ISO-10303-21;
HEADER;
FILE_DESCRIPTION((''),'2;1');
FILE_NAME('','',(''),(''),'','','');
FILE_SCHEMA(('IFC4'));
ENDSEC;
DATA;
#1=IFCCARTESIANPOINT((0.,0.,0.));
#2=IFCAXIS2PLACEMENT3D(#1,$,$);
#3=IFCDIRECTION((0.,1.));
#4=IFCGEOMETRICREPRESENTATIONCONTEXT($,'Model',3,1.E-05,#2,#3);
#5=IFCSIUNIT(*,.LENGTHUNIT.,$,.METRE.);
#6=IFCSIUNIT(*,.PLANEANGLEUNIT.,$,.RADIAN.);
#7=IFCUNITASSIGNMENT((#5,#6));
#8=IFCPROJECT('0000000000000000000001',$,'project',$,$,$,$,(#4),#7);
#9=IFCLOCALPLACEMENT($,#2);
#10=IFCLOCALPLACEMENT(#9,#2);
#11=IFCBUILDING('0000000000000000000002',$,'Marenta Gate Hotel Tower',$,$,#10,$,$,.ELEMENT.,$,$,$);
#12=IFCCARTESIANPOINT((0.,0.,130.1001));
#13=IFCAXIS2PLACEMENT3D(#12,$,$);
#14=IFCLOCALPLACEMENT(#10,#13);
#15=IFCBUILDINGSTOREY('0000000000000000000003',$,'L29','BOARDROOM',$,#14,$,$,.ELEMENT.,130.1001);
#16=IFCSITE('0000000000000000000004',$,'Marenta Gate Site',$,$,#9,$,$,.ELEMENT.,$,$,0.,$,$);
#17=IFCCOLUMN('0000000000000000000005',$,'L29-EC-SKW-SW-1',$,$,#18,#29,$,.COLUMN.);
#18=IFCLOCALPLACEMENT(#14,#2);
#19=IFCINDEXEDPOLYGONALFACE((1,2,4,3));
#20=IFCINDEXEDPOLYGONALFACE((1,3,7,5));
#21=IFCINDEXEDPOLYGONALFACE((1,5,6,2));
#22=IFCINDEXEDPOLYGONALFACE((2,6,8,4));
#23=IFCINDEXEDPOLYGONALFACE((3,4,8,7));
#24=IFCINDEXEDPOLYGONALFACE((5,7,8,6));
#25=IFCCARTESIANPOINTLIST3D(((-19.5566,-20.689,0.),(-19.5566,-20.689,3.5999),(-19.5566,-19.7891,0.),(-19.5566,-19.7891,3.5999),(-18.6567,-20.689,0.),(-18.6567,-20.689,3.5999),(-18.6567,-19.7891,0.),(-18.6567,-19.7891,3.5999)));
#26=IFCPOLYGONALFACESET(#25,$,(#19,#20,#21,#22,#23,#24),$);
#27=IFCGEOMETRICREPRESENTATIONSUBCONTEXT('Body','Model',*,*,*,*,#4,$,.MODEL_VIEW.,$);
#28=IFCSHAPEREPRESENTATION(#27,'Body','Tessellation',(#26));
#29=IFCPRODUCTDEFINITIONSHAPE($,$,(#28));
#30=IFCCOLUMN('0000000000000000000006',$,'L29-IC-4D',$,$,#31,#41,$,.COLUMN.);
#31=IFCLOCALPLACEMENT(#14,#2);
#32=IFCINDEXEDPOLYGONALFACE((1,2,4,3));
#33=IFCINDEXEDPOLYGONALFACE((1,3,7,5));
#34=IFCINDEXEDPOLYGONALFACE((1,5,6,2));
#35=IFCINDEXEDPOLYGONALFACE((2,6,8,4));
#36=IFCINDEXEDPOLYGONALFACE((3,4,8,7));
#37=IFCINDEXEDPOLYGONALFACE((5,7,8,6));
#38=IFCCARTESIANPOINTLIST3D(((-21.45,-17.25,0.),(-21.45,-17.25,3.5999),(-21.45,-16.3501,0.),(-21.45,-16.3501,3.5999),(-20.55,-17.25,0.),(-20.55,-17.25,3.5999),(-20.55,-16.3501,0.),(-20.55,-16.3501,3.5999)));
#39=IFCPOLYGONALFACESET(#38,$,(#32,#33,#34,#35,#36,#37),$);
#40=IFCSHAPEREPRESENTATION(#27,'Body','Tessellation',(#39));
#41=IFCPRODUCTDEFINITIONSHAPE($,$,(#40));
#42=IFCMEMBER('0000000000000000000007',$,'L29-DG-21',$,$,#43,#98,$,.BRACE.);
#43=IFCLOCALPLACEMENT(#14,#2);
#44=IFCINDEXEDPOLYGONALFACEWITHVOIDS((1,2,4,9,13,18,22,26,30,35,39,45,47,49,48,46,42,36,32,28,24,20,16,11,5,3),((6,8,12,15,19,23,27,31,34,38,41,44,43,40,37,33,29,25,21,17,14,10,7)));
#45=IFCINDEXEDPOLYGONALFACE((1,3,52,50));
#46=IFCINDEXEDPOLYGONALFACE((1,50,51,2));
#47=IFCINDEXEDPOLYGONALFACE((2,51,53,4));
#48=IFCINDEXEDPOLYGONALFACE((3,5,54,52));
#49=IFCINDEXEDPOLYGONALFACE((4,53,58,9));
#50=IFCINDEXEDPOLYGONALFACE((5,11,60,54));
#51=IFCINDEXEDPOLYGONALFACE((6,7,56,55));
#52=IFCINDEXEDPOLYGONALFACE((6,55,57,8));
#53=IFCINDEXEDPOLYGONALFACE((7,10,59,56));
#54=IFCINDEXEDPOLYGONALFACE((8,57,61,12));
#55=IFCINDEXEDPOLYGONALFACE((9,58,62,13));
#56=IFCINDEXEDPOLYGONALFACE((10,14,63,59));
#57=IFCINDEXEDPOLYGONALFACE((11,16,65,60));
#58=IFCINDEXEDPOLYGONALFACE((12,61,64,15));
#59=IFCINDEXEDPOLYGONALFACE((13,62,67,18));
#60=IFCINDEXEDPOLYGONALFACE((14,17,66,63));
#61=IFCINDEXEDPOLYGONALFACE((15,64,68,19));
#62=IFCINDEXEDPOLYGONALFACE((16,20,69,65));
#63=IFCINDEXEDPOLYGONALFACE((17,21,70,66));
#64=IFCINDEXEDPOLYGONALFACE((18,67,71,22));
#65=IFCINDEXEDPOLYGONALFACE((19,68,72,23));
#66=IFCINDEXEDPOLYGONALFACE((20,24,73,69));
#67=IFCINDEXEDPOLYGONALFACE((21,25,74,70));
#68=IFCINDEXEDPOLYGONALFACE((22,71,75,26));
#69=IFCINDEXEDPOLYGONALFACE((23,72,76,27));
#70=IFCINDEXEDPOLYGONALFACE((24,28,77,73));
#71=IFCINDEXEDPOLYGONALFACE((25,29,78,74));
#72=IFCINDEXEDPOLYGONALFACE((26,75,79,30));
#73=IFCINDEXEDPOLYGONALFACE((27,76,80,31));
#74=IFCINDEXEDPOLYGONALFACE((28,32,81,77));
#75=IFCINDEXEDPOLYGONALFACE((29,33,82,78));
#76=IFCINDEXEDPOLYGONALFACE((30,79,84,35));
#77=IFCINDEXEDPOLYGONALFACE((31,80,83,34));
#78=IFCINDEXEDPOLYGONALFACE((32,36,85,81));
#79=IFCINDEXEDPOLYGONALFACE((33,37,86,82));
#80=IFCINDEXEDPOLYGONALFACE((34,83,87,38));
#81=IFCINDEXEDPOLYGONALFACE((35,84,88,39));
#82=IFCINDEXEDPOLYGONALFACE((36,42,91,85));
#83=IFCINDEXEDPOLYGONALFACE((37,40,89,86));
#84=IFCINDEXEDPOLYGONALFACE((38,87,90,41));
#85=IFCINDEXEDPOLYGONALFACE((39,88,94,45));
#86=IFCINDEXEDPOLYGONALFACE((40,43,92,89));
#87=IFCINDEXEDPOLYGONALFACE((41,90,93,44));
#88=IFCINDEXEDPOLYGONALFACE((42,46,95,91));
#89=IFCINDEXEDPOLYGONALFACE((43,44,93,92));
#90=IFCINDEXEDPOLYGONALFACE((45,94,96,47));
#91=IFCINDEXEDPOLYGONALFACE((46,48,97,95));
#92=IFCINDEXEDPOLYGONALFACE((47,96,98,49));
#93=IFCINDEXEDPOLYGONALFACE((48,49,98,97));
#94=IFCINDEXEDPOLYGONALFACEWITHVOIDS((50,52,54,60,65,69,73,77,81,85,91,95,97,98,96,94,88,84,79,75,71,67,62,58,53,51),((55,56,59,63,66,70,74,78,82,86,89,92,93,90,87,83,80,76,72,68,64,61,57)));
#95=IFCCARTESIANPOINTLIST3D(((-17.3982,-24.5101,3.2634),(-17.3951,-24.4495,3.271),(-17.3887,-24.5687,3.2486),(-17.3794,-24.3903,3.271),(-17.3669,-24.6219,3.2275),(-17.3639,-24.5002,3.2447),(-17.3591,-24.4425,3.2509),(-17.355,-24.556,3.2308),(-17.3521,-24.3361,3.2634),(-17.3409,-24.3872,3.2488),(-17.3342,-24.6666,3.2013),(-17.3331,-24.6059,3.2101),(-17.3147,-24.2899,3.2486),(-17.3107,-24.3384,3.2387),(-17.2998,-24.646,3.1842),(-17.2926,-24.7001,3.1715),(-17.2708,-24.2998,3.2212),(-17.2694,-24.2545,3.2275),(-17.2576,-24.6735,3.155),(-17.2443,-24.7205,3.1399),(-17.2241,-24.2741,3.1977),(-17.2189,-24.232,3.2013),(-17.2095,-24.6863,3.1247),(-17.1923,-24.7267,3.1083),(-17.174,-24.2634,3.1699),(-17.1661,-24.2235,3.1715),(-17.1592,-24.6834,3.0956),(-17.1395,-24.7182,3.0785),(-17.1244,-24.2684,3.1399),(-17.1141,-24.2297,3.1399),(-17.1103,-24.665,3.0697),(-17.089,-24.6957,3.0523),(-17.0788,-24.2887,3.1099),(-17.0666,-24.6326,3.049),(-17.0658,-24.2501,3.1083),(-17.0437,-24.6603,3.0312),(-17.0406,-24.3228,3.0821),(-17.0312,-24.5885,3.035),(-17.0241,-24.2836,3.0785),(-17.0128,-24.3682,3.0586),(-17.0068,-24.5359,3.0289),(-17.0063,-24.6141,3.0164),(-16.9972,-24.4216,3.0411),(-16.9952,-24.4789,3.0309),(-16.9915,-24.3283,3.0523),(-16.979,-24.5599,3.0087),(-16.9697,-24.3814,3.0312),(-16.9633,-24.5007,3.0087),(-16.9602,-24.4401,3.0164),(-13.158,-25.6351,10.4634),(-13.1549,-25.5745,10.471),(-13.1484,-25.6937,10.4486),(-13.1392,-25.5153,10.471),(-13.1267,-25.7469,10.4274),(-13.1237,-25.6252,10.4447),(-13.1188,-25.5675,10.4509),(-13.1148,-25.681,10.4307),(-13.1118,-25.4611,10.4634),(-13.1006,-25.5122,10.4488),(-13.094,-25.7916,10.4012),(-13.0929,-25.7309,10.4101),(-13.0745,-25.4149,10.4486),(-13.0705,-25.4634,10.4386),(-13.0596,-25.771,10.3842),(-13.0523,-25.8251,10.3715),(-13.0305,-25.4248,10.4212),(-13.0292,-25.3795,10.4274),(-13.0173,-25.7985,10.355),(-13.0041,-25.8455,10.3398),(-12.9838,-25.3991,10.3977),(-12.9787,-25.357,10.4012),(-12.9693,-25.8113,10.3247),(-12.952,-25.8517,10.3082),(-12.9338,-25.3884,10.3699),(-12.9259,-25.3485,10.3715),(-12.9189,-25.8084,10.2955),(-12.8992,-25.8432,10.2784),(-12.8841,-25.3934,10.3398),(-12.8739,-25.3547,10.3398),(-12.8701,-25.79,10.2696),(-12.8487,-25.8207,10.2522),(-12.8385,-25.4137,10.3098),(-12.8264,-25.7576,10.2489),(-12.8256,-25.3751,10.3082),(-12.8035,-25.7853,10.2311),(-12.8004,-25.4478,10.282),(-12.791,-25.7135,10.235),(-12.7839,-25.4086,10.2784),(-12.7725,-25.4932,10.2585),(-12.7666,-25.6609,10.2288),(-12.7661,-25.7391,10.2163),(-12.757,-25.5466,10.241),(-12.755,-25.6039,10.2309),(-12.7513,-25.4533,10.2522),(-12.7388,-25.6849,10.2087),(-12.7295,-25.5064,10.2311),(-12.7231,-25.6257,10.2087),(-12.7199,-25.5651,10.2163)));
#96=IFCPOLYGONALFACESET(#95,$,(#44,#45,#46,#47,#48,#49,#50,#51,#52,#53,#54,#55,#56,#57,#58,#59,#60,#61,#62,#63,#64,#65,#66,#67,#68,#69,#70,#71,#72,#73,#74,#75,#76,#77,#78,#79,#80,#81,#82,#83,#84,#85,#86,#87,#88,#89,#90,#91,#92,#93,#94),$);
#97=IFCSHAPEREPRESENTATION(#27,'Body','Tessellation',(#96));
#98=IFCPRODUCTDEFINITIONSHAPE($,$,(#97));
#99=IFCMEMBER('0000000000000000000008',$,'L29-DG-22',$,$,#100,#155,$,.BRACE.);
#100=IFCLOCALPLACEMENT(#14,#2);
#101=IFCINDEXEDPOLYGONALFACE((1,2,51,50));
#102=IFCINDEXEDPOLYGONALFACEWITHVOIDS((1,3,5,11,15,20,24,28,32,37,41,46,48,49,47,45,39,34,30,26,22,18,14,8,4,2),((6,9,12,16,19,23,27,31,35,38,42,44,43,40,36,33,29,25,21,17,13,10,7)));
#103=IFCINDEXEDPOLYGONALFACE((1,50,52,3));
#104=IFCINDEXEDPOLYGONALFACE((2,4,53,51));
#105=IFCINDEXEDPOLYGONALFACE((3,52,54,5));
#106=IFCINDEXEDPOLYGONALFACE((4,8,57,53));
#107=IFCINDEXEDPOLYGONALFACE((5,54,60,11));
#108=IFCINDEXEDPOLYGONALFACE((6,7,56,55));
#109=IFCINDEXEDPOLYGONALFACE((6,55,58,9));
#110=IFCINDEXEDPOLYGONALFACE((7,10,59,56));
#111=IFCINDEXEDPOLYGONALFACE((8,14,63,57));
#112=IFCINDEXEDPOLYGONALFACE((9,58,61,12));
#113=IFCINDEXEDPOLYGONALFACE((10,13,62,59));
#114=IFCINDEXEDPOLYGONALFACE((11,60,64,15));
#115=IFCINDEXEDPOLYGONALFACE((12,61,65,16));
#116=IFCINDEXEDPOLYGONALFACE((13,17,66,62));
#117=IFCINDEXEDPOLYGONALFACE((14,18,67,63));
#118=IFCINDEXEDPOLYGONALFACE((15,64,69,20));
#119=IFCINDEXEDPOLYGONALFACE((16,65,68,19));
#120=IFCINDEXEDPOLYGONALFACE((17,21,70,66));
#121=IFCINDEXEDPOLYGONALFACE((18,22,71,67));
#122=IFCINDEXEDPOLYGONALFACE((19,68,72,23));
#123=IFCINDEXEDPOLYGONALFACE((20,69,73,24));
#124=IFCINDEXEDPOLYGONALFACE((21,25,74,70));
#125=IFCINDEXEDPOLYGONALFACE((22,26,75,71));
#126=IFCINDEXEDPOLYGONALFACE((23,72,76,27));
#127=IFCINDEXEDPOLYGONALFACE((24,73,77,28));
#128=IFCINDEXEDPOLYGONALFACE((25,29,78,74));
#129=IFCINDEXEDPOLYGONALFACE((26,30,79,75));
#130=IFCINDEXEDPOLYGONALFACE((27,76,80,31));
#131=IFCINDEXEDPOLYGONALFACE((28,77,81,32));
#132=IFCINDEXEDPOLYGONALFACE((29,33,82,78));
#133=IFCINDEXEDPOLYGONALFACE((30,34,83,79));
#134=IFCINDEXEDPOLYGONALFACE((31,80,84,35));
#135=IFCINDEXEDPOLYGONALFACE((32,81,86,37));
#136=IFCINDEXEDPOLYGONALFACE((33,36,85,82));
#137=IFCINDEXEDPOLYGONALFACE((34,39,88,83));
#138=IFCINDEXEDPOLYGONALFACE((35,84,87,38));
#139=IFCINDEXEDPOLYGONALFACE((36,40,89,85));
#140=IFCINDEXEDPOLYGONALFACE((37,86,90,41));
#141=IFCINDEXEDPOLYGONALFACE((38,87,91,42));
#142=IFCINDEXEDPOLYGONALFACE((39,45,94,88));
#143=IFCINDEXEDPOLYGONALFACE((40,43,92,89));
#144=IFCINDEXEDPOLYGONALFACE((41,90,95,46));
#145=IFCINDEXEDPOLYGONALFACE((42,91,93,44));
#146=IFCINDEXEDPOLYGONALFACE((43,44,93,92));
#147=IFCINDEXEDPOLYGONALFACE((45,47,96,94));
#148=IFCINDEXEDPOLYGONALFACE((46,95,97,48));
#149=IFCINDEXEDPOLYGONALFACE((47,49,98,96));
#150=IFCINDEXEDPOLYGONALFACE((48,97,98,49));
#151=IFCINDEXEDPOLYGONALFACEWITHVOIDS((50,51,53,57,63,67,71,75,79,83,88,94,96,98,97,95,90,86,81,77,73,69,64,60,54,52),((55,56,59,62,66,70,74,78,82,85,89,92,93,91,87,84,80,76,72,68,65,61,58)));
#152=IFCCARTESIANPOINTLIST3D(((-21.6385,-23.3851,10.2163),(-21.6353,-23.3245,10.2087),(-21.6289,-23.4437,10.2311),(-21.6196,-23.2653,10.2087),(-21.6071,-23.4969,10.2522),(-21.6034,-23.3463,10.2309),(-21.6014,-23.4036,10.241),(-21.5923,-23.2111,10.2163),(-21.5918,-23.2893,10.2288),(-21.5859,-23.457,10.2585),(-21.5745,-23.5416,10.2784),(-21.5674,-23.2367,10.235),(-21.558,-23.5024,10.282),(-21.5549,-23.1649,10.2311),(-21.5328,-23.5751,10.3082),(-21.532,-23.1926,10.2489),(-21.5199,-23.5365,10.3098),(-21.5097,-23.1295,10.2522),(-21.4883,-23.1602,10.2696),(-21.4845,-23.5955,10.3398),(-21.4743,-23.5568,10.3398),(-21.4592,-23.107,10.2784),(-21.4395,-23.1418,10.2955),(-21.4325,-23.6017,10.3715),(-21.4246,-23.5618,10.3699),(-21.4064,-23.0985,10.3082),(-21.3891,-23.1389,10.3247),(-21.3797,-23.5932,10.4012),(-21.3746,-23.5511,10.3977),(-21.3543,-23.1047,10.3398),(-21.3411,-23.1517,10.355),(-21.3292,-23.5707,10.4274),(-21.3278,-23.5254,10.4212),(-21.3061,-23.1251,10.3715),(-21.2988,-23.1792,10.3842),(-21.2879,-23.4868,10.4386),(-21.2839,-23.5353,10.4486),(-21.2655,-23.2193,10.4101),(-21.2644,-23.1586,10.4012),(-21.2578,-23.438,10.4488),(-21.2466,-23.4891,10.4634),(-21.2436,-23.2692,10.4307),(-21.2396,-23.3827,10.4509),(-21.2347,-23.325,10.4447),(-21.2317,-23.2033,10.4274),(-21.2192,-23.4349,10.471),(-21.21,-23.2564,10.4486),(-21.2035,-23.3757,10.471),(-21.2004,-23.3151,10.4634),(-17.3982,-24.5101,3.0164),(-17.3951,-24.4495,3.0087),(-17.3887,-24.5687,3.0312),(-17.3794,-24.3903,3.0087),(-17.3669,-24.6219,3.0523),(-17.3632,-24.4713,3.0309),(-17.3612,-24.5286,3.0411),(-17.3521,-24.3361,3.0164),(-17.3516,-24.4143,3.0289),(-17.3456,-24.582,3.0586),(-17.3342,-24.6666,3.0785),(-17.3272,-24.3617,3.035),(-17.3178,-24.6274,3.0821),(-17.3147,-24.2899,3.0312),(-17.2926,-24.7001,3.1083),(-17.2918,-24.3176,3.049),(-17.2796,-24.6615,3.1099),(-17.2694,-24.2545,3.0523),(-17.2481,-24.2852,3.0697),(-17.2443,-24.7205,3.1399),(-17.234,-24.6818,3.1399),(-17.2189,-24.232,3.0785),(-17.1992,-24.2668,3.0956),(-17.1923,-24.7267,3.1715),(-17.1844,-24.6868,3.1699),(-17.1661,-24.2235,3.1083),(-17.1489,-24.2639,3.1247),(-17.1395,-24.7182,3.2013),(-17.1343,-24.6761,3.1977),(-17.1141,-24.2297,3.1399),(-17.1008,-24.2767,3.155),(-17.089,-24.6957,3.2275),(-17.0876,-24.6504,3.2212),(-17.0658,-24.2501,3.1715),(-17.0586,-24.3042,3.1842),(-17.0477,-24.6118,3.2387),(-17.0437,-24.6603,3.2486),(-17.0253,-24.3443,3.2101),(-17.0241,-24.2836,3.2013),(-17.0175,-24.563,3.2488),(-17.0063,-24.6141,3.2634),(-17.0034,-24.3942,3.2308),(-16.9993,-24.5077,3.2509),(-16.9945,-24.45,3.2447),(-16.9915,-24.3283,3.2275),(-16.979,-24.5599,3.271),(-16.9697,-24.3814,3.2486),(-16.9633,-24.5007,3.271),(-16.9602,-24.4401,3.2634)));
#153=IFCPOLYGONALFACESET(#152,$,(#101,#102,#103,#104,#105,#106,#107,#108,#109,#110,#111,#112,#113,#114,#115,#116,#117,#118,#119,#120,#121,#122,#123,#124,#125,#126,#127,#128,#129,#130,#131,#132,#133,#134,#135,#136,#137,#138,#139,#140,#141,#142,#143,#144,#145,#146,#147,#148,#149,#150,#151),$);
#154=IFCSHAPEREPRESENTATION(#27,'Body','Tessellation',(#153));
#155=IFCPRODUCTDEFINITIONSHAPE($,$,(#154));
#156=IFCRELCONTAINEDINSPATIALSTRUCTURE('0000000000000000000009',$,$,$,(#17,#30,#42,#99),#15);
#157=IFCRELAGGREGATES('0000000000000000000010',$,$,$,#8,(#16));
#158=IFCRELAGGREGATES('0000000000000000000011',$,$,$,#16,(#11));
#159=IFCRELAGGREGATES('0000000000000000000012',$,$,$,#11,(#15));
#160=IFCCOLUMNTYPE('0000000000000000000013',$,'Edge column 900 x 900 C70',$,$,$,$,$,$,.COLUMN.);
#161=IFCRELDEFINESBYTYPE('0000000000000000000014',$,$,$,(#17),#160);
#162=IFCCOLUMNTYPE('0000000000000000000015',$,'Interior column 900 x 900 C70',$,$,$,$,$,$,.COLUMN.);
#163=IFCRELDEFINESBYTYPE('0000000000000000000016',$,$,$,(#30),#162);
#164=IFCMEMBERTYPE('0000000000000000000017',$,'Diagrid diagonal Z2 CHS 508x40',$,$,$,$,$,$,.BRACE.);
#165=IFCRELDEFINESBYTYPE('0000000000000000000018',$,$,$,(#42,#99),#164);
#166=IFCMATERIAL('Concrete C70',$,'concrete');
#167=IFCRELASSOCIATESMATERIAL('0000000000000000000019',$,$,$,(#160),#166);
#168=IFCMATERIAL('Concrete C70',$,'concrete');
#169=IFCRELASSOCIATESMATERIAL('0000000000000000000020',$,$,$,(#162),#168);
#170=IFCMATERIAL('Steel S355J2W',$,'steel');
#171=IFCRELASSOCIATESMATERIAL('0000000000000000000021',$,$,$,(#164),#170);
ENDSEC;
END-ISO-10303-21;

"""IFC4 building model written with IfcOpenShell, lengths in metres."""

from ifc_helpers import new_model, si_unit, direction, frame, origin, origin_2d, place, context, subcontext, project, spatial, rectangle, hollow_circle, extrude, material, material_profile, profile_set, type_object, element, save


model = new_model("IFC4")

# Units and contexts
model_context = context("Model", 3, precision=1e-05, world=origin(), true_north=direction((0.0, 1.0)))
body_context = subcontext(model_context, "Body", "Model", "MODEL_VIEW")
ifc_project = project(units=[si_unit("LENGTHUNIT", "METRE"), si_unit("PLANEANGLEUNIT", "RADIAN")], contexts=[model_context])

# Site, building, storey
site_placement = place(None, origin())
site = spatial("IfcSite", under=ifc_project, at=site_placement, Name="Marenta Gate Site", CompositionType="ELEMENT", RefElevation=0.0)
building_placement = place(site_placement, origin())
building = spatial("IfcBuilding", under=site, at=building_placement, Name="Marenta Gate Hotel Tower", CompositionType="ELEMENT")
storey_placement = place(building_placement, frame((0.0, 0.0, 130.1001)))
storey = spatial("IfcBuildingStorey", under=building, at=storey_placement, Name="L29", Description="BOARDROOM", CompositionType="ELEMENT", Elevation=130.1001)

# Columns
ifc_material_1 = material(Name="Concrete C70", Category="concrete")
ifc_material_profile_1 = material_profile(ifc_material_1, rectangle(XDim=0.8999, YDim=0.8999, at=origin_2d()), Name="900 x 900")
ifc_profile_set_1 = profile_set([ifc_material_profile_1], Name="Concrete C70")
column_type_1 = type_object("IfcColumnType", Name="Edge column 900 x 900 C70", PredefinedType="COLUMN", material=ifc_profile_set_1)
column_1_placement = place(storey_placement, frame((-19.1067, -20.239, 0.0), z_axis=(0.0, 0.0, 1.0), x_axis=(1.0, 0.0, 0.0)))
element("IfcColumn", 1, at=column_1_placement, inside=storey, type_object=column_type_1, Name="L29-EC-SKW-SW-1", PredefinedType="COLUMN", context=body_context, shape_type="SweptSolid", body=[
    extrude(rectangle(XDim=0.8999, YDim=0.8999, at=origin_2d()), origin(), (0.0, 0.0, 1.0), 3.5999),
])
ifc_material_2 = material(Name="Concrete C70", Category="concrete")
ifc_material_profile_2 = material_profile(ifc_material_2, rectangle(XDim=0.8999, YDim=0.8999, at=origin_2d()), Name="900 x 900")
ifc_profile_set_2 = profile_set([ifc_material_profile_2], Name="Concrete C70")
column_type_2 = type_object("IfcColumnType", Name="Interior column 900 x 900 C70", PredefinedType="COLUMN", material=ifc_profile_set_2)
column_2_placement = place(storey_placement, frame((-21.0, -16.8, 0.0), z_axis=(0.0, 0.0, 1.0), x_axis=(1.0, 0.0, 0.0)))
element("IfcColumn", 2, at=column_2_placement, inside=storey, type_object=column_type_2, Name="L29-IC-4D", PredefinedType="COLUMN", context=body_context, shape_type="SweptSolid", body=[
    extrude(rectangle(XDim=0.8999, YDim=0.8999, at=origin_2d()), origin(), (0.0, 0.0, 1.0), 3.5999),
])

# Members
ifc_material_3 = material(Name="Steel S355J2W", Category="steel")
ifc_material_profile_3 = material_profile(ifc_material_3, hollow_circle(Radius=0.2539, WallThickness=0.04, at=origin_2d()), Name="CHS 508x40")
ifc_profile_set_3 = profile_set([ifc_material_profile_3], Name="Steel S355J2W")
member_type_1 = type_object("IfcMemberType", Name="Diagrid diagonal Z2 CHS 508x40", PredefinedType="BRACE", material=ifc_profile_set_3)
for number, where, z_axis, x_axis, name in (
    (3, (-17.1792, -24.4751, 3.1399), (0.502924, -0.133434, 0.853969), (0.256443, 0.966559, 0.0), "L29-DG-21"),
    (4, (-17.1792, -24.4751, 3.1399), (-0.502924, 0.133434, 0.853969), (-0.256443, -0.966559, 0.0), "L29-DG-22"),
):
    element("IfcMember", number, at=place(storey_placement, frame(where, z_axis=z_axis, x_axis=x_axis)), inside=storey, type_object=member_type_1, Name=name, PredefinedType="BRACE", context=body_context, shape_type="SweptSolid", body=[
        extrude(hollow_circle(Radius=0.2539, WallThickness=0.04, at=origin_2d()), origin(), (0.0, 0.0, 1.0), 8.4312),
    ])

save(model, "model.ifc")
